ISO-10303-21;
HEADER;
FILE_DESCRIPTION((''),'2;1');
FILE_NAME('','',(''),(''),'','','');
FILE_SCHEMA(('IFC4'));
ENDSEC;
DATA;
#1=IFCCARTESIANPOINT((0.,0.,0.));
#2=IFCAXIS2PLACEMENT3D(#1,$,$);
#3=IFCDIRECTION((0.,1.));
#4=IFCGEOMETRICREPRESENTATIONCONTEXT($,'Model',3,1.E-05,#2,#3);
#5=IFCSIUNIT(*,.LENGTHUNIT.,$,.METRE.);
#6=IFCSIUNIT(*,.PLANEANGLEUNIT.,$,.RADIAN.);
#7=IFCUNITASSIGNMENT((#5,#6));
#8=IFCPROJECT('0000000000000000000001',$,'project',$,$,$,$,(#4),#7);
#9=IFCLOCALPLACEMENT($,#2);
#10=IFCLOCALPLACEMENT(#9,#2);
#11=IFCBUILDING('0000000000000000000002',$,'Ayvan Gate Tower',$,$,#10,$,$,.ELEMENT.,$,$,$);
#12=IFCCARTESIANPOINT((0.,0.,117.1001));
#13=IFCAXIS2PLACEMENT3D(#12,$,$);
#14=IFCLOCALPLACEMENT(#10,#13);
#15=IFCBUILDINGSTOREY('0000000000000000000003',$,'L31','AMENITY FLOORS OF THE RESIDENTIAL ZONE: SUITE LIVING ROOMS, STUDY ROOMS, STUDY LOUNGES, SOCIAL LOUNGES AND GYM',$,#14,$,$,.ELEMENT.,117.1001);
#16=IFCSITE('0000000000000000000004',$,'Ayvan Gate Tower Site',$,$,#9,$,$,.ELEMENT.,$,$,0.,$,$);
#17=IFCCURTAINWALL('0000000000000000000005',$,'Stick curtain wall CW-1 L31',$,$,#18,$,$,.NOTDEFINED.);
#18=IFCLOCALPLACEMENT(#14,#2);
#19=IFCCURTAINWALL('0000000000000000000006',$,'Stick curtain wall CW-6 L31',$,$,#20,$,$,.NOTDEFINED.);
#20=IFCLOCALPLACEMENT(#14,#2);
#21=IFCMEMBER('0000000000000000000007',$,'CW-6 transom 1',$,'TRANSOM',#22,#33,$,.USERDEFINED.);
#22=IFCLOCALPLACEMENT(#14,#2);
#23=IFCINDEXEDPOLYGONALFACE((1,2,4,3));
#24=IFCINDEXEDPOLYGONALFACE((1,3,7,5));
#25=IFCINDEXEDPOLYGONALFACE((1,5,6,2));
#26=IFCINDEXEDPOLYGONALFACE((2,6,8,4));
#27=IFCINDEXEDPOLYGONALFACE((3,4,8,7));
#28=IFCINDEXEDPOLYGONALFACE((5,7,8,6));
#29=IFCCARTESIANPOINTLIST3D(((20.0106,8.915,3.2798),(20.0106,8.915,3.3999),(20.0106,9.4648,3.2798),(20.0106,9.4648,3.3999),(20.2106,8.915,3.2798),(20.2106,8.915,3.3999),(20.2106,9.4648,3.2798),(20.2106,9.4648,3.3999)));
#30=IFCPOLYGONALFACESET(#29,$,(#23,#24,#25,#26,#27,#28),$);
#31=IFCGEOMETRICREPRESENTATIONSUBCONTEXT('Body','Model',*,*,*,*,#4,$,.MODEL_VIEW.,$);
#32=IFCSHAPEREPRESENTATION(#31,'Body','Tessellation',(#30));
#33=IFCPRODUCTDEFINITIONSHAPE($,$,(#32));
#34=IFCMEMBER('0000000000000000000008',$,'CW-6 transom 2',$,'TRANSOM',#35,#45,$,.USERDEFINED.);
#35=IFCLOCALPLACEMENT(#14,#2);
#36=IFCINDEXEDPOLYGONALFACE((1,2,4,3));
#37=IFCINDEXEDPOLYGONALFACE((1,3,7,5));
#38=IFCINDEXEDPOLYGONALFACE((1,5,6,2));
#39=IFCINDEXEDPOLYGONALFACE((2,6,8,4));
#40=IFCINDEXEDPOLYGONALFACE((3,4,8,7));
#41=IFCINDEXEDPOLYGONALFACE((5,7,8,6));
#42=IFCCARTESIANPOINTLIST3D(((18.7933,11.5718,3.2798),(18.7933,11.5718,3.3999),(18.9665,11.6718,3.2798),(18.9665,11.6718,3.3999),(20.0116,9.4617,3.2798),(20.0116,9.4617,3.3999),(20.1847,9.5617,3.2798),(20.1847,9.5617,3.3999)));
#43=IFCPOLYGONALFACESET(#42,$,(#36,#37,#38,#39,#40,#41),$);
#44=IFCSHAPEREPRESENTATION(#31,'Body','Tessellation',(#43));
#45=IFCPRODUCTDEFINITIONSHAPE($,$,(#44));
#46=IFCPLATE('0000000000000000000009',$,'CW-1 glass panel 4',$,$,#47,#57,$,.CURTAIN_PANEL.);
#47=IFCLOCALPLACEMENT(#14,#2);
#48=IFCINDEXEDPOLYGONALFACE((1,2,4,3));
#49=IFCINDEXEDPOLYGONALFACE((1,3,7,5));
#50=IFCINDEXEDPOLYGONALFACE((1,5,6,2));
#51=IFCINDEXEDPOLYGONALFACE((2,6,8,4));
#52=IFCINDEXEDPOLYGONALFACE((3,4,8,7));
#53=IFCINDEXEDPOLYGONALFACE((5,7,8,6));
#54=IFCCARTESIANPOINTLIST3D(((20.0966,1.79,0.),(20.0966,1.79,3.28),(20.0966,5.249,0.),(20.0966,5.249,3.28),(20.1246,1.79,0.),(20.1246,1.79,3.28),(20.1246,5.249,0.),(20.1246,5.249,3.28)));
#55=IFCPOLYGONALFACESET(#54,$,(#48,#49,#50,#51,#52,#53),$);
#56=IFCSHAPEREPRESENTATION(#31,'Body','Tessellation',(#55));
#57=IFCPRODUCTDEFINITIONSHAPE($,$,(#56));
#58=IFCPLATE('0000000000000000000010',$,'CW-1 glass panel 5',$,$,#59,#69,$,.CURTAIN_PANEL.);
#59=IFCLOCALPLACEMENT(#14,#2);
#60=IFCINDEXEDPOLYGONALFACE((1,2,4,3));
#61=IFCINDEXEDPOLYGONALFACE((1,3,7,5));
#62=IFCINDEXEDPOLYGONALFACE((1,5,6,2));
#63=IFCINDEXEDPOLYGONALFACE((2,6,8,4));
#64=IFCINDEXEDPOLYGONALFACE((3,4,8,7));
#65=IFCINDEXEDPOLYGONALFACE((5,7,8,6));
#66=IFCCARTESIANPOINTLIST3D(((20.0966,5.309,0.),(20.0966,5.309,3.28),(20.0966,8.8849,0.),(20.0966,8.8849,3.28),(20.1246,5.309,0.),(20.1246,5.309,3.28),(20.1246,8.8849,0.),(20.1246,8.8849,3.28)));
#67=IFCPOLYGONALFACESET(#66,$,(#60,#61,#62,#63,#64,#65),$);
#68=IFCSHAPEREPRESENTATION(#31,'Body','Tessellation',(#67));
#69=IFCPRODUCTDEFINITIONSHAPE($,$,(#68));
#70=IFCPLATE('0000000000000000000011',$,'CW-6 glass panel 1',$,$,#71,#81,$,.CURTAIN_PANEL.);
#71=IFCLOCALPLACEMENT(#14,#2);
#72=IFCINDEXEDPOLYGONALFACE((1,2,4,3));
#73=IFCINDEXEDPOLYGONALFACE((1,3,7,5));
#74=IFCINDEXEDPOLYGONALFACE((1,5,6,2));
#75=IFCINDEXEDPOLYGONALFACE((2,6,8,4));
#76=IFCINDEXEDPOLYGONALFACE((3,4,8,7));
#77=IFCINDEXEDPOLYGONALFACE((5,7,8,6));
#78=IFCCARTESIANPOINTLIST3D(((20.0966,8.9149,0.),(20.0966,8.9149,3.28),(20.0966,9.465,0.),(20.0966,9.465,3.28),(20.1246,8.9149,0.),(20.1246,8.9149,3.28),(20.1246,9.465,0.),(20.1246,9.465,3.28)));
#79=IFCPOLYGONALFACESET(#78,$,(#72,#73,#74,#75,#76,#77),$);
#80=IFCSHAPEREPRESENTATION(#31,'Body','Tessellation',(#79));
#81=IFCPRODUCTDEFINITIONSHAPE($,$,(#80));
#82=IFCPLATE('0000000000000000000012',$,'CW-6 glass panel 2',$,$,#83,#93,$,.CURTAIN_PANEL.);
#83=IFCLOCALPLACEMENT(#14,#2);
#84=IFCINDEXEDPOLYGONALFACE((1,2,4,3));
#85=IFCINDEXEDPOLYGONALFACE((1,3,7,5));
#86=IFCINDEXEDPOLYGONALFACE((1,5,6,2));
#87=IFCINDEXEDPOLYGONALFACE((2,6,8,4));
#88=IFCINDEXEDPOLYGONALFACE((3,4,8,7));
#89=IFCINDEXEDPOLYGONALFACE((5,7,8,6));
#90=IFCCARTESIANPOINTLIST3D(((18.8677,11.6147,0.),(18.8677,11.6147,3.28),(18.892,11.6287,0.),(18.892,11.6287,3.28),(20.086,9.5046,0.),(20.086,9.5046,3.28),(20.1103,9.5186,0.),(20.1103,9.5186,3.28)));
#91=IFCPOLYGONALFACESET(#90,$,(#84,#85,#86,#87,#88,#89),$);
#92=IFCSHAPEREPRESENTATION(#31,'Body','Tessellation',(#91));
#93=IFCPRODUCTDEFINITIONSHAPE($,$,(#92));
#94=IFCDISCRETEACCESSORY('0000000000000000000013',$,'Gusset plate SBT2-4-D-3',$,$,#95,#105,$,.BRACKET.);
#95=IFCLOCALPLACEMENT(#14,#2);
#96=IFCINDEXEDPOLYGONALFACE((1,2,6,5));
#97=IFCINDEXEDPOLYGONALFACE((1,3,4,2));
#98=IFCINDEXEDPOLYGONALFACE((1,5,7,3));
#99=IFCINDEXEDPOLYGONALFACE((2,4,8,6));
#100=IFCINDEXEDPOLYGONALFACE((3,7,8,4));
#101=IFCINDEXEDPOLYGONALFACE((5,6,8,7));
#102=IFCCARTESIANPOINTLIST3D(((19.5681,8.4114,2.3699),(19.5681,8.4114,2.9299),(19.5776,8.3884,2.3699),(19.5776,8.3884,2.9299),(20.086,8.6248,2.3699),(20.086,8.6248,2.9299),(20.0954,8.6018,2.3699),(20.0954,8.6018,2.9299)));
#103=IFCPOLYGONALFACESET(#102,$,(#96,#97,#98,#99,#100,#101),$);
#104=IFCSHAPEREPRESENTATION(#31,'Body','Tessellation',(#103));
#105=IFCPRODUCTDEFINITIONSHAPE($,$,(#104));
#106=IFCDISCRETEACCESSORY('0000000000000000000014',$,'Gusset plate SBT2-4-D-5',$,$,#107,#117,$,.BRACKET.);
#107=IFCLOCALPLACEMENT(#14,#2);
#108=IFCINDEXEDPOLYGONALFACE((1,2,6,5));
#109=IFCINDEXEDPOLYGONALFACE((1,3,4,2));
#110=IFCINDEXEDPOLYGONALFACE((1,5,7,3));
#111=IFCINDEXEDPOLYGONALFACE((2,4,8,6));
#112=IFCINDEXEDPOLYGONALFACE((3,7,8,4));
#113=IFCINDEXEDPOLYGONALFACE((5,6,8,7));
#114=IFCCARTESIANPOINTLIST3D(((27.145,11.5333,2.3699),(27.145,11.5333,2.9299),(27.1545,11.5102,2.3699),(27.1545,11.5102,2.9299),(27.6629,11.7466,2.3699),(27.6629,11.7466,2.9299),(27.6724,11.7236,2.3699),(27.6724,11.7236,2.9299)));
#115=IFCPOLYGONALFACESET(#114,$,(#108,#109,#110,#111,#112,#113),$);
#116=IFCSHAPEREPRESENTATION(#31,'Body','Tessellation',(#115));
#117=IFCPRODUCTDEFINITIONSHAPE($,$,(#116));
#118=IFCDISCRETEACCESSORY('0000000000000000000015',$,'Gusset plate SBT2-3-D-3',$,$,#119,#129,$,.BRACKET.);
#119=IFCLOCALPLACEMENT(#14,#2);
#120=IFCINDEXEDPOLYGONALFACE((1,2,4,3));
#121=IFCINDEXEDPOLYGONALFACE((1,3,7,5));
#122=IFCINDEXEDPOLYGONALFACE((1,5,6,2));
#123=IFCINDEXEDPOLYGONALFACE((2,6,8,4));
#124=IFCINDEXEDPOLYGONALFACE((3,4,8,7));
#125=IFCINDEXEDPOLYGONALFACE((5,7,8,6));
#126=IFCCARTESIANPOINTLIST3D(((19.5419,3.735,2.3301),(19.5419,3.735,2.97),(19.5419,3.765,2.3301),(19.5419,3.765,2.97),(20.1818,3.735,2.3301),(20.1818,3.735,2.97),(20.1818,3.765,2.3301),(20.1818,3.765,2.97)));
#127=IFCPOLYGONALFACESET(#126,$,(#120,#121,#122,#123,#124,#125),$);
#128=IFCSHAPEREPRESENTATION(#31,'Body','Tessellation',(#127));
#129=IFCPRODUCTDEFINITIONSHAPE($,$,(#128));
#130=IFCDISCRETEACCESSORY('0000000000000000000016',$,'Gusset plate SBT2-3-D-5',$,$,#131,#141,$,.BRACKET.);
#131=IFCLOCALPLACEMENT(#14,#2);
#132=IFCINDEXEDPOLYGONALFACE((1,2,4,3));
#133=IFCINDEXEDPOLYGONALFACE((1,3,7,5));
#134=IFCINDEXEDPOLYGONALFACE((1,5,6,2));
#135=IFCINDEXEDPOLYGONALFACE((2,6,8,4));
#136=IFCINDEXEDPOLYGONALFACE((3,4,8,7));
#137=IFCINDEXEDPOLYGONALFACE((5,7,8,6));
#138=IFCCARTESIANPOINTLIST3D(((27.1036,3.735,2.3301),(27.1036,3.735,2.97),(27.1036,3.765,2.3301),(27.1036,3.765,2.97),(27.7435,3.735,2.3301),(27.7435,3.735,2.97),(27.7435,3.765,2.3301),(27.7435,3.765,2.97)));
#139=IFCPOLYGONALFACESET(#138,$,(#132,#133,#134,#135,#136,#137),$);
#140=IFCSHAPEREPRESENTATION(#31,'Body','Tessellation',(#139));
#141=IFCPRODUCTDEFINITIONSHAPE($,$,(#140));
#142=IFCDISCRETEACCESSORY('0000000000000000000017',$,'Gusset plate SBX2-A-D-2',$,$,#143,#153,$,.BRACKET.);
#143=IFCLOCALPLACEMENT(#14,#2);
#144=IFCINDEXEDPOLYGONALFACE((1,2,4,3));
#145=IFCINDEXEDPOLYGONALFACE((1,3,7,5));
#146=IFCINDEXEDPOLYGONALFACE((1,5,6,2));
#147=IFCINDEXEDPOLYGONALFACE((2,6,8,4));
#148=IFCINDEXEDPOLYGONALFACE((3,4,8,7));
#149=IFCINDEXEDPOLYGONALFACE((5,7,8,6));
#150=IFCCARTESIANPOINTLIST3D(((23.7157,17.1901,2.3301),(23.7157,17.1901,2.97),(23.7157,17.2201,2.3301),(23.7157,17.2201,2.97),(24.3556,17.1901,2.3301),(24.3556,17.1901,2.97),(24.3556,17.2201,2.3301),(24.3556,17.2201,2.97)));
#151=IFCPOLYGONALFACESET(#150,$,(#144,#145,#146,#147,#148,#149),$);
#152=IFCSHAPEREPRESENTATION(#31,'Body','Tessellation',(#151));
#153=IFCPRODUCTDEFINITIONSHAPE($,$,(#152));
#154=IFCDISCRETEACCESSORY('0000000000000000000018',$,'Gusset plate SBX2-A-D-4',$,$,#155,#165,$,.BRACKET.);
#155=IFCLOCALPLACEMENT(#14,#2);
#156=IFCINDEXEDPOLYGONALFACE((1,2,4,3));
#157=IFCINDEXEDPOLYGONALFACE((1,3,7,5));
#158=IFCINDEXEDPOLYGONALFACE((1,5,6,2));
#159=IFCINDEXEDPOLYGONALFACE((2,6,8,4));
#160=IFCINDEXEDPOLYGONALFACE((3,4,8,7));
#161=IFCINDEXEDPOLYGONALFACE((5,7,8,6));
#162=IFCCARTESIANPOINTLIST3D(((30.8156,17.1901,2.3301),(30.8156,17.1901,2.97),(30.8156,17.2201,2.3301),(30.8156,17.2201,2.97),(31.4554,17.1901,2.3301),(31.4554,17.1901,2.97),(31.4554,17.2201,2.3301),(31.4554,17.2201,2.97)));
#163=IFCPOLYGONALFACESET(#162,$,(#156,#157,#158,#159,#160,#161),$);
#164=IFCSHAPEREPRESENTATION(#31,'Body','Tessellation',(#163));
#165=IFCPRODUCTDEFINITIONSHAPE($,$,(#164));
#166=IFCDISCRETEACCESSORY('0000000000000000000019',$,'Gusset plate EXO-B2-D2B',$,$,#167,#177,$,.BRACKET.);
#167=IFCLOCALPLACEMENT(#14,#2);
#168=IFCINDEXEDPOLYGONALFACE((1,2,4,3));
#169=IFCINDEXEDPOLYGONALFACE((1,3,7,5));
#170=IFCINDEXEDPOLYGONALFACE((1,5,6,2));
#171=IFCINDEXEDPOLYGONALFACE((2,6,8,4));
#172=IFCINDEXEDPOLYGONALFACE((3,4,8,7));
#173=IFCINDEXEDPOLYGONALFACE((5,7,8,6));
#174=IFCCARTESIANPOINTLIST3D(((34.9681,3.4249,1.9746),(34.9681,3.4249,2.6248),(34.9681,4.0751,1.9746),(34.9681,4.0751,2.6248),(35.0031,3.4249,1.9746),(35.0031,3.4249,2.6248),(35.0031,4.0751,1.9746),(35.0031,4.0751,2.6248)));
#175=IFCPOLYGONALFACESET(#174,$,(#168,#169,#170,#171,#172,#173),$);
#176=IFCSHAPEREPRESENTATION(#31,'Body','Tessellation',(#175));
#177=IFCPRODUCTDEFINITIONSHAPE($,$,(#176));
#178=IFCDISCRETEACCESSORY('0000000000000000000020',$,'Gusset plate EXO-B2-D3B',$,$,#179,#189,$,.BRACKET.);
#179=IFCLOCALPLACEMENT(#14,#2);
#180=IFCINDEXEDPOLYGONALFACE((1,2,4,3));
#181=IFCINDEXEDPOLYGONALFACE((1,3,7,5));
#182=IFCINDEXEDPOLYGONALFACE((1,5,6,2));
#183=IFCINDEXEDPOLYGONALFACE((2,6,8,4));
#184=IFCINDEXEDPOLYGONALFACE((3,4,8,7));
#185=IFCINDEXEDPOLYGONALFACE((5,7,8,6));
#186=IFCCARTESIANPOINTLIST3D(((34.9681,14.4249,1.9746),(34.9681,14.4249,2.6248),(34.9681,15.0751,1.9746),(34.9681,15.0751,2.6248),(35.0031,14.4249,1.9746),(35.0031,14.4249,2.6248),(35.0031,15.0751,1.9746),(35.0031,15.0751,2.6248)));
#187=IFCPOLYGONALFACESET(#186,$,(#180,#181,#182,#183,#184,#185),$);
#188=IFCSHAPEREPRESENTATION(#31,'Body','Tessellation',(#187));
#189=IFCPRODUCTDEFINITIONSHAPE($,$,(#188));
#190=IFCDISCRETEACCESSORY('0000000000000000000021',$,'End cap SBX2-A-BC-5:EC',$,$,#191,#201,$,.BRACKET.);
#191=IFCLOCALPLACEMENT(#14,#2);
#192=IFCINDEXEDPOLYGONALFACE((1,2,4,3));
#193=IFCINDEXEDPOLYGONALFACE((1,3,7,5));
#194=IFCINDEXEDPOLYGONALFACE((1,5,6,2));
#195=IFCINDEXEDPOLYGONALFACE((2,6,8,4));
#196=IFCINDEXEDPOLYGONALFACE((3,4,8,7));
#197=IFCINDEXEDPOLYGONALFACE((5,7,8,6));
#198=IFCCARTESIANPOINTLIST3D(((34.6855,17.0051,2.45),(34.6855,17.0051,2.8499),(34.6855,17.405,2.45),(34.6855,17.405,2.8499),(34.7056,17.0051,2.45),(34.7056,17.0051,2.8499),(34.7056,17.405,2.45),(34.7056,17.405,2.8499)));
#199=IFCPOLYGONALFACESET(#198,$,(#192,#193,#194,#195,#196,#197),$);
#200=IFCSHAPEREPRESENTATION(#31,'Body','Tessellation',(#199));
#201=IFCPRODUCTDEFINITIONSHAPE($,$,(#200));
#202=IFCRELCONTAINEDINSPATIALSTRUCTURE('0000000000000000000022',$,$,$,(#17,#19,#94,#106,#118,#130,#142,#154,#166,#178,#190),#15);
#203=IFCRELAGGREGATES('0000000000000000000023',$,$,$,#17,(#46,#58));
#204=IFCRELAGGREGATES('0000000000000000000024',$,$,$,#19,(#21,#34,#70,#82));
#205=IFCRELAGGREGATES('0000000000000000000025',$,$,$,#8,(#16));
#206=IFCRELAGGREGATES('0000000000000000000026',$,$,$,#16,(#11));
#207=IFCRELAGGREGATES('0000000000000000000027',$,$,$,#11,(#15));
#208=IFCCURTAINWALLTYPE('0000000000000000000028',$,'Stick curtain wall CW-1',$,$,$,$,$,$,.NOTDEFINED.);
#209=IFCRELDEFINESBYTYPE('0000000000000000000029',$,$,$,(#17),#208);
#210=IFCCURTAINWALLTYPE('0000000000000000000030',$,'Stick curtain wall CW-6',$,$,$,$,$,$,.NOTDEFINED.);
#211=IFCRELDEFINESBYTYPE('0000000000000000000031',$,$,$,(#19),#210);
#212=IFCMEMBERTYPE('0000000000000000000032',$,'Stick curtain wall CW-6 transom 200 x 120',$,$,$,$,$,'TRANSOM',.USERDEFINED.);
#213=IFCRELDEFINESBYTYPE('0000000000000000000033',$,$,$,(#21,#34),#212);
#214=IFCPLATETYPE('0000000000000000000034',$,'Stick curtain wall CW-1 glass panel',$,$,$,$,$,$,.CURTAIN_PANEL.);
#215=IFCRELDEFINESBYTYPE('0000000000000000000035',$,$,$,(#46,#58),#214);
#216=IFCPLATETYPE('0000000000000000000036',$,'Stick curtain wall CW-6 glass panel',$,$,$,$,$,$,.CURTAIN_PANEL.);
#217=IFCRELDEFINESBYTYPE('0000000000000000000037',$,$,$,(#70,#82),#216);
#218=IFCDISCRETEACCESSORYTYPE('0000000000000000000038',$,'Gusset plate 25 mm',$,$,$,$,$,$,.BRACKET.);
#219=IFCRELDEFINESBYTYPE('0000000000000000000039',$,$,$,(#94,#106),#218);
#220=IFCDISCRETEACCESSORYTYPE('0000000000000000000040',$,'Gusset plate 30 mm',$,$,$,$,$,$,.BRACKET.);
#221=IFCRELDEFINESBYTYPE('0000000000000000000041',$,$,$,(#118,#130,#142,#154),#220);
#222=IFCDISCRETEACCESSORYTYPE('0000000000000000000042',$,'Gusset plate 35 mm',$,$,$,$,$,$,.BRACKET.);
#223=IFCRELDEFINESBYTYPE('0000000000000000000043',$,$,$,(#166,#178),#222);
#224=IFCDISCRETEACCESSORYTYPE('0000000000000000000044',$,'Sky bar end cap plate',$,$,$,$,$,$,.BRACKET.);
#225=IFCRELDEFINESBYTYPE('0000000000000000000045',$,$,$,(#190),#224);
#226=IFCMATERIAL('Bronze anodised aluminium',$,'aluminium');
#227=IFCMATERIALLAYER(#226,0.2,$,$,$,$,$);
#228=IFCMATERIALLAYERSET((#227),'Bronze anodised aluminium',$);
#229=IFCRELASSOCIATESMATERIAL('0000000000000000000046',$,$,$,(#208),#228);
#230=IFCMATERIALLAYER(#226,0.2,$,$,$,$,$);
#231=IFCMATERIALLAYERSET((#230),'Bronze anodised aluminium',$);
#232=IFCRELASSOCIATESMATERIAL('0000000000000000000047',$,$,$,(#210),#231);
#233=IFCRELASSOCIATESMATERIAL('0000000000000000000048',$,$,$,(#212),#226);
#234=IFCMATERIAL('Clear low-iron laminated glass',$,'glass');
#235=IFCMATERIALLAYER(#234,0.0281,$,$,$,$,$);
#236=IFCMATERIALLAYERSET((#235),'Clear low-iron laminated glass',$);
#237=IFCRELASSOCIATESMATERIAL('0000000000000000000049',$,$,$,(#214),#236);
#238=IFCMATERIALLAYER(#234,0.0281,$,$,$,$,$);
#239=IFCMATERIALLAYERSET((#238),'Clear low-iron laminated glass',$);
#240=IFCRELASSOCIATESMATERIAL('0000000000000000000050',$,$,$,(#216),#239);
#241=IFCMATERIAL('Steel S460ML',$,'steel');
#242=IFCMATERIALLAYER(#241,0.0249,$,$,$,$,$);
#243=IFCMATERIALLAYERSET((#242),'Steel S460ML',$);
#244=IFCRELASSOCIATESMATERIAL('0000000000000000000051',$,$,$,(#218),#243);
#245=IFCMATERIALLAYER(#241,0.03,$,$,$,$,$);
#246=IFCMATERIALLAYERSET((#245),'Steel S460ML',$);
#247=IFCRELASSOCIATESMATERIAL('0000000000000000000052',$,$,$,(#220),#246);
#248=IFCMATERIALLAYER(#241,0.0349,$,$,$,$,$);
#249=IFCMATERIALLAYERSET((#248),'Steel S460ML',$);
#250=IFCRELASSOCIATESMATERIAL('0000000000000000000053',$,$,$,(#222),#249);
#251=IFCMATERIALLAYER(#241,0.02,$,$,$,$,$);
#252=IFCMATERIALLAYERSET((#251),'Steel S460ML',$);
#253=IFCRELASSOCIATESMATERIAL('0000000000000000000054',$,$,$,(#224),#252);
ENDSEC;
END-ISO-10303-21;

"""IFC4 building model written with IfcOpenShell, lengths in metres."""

from ifc_helpers import new_model, si_unit, direction, frame, origin, origin_2d, place, context, subcontext, project, spatial, rectangle, extrude, material, layer, layer_set, material_profile, profile_set, type_object, element, aggregate, save


model = new_model("IFC4")

# Units and contexts
model_context = context("Model", 3, precision=1e-05, world=origin(), true_north=direction((0.0, 1.0)))
body_context = subcontext(model_context, "Body", "Model", "MODEL_VIEW")
ifc_project = project(units=[si_unit("LENGTHUNIT", "METRE"), si_unit("PLANEANGLEUNIT", "RADIAN")], contexts=[model_context])

# Site, building, storey
site_placement = place(None, origin())
site = spatial("IfcSite", under=ifc_project, at=site_placement, Name="Ayvan Gate Tower Site", CompositionType="ELEMENT", RefElevation=0.0)
building_placement = place(site_placement, origin())
building = spatial("IfcBuilding", under=site, at=building_placement, Name="Ayvan Gate Tower", CompositionType="ELEMENT")
storey_placement = place(building_placement, frame((0.0, 0.0, 117.1001)))
storey = spatial("IfcBuildingStorey", under=building, at=storey_placement, Name="L31", Description="AMENITY FLOORS OF THE RESIDENTIAL ZONE: SUITE LIVING ROOMS, STUDY ROOMS, STUDY LOUNGES, SOCIAL LOUNGES AND GYM", CompositionType="ELEMENT", Elevation=117.1001)

# Curtain walls, members
ifc_material_1 = material(Name="Bronze anodised aluminium", Category="aluminium")
ifc_layer_1 = layer(ifc_material_1, 0.2)
ifc_layer_set_1 = layer_set([ifc_layer_1], Name="Bronze anodised aluminium")
curtain_wall_type_1 = type_object("IfcCurtainWallType", Name="Stick curtain wall CW-1", PredefinedType="NOTDEFINED", material=ifc_layer_set_1)
curtain_wall_1_placement = place(storey_placement, origin())
curtain_wall_1 = element("IfcCurtainWall", 1, at=curtain_wall_1_placement, inside=storey, type_object=curtain_wall_type_1, Name="Stick curtain wall CW-1 L31", PredefinedType="NOTDEFINED")
ifc_layer_2 = layer(ifc_material_1, 0.2)
ifc_layer_set_2 = layer_set([ifc_layer_2], Name="Bronze anodised aluminium")
curtain_wall_type_2 = type_object("IfcCurtainWallType", Name="Stick curtain wall CW-6", PredefinedType="NOTDEFINED", material=ifc_layer_set_2)
curtain_wall_2_placement = place(storey_placement, origin())
curtain_wall_2 = element("IfcCurtainWall", 2, at=curtain_wall_2_placement, inside=storey, type_object=curtain_wall_type_2, Name="Stick curtain wall CW-6 L31", PredefinedType="NOTDEFINED")
ifc_material_profile_1 = material_profile(ifc_material_1, rectangle(XDim=0.2, YDim=0.1201, at=origin_2d()), Name="Stick curtain wall CW-6 transom 200 x 120")
ifc_profile_set_1 = profile_set([ifc_material_profile_1], Name="Bronze anodised aluminium")
member_type_1 = type_object("IfcMemberType", Name="Stick curtain wall CW-6 transom 200 x 120", ElementType="TRANSOM", PredefinedType="USERDEFINED", material=ifc_profile_set_1)
member_1_placement = place(storey_placement, frame((20.1106, 8.915, 3.3398), z_axis=(0.0, 1.0, 0.0), x_axis=(-1.0, 0.0, 0.0)))
member_1 = element("IfcMember", 3, at=member_1_placement, type_object=member_type_1, Name="CW-6 transom 1", ObjectType="TRANSOM", PredefinedType="USERDEFINED", context=body_context, shape_type="SweptSolid", body=[
    extrude(rectangle(XDim=0.2, YDim=0.1201, at=origin_2d()), origin(), (0.0, 0.0, 1.0), 0.5498),
])
member_2_placement = place(storey_placement, frame((20.0981, 9.5117, 3.3398), z_axis=(-0.499997, 0.866027, 0.0), x_axis=(-0.866027, -0.499997, 0.0)))
member_2 = element("IfcMember", 4, at=member_2_placement, type_object=member_type_1, Name="CW-6 transom 2", ObjectType="TRANSOM", PredefinedType="USERDEFINED", context=body_context, shape_type="SweptSolid", body=[
    extrude(rectangle(XDim=0.2, YDim=0.1201, at=origin_2d()), origin(), (0.0, 0.0, 1.0), 2.4365),
])

# Plates
ifc_material_2 = material(Name="Clear low-iron laminated glass", Category="glass")
ifc_layer_3 = layer(ifc_material_2, 0.0281)
ifc_layer_set_3 = layer_set([ifc_layer_3], Name="Clear low-iron laminated glass")
plate_type_1 = type_object("IfcPlateType", Name="Stick curtain wall CW-1 glass panel", PredefinedType="CURTAIN_PANEL", material=ifc_layer_set_3)
plate_1_placement = place(storey_placement, frame((20.1106, 3.5195, 0.0), z_axis=(0.0, 0.0, 1.0), x_axis=(0.0, 1.0, 0.0)))
plate_1 = element("IfcPlate", 5, at=plate_1_placement, type_object=plate_type_1, Name="CW-1 glass panel 4", PredefinedType="CURTAIN_PANEL", context=body_context, shape_type="SweptSolid", body=[
    extrude(rectangle(XDim=3.459, YDim=0.0281, at=origin_2d()), origin(), (0.0, 0.0, 1.0), 3.28),
])
plate_2_placement = place(storey_placement, frame((20.1106, 7.0969, 0.0), z_axis=(0.0, 0.0, 1.0), x_axis=(0.0, 1.0, 0.0)))
plate_2 = element("IfcPlate", 6, at=plate_2_placement, type_object=plate_type_1, Name="CW-1 glass panel 5", PredefinedType="CURTAIN_PANEL", context=body_context, shape_type="SweptSolid", body=[
    extrude(rectangle(XDim=3.5759, YDim=0.0281, at=origin_2d()), origin(), (0.0, 0.0, 1.0), 3.28),
])
aggregate(curtain_wall_1, [plate_1, plate_2])
ifc_layer_4 = layer(ifc_material_2, 0.0281)
ifc_layer_set_4 = layer_set([ifc_layer_4], Name="Clear low-iron laminated glass")
plate_type_2 = type_object("IfcPlateType", Name="Stick curtain wall CW-6 glass panel", PredefinedType="CURTAIN_PANEL", material=ifc_layer_set_4)
plate_3_placement = place(storey_placement, frame((20.1106, 9.1899, 0.0), z_axis=(0.0, 0.0, 1.0), x_axis=(0.0, 1.0, 0.0)))
plate_3 = element("IfcPlate", 7, at=plate_3_placement, type_object=plate_type_2, Name="CW-6 glass panel 1", PredefinedType="CURTAIN_PANEL", context=body_context, shape_type="SweptSolid", body=[
    extrude(rectangle(XDim=0.55, YDim=0.0281, at=origin_2d()), origin(), (0.0, 0.0, 1.0), 3.28),
])
plate_4_placement = place(storey_placement, frame((19.489, 10.5667, 0.0), z_axis=(0.0, 0.0, 1.0), x_axis=(-0.5, 0.866025, 0.0)))
plate_4 = element("IfcPlate", 8, at=plate_4_placement, type_object=plate_type_2, Name="CW-6 glass panel 2", PredefinedType="CURTAIN_PANEL", context=body_context, shape_type="SweptSolid", body=[
    extrude(rectangle(XDim=2.4365, YDim=0.0281, at=origin_2d()), origin(), (0.0, 0.0, 1.0), 3.28),
])
aggregate(curtain_wall_2, [member_1, member_2, plate_3, plate_4])

# Discrete accessories
ifc_material_3 = material(Name="Steel S460ML", Category="steel")
ifc_layer_5 = layer(ifc_material_3, 0.0249)
ifc_layer_set_5 = layer_set([ifc_layer_5], Name="Steel S460ML")
discrete_accessory_type_1 = type_object("IfcDiscreteAccessoryType", Name="Gusset plate 25 mm", PredefinedType="BRACKET", material=ifc_layer_set_5)
for number, where, z_axis, x_axis, name in (
    (9, (19.8318, 8.5066, 2.3699), (0.0, 0.0, 1.0), (0.924602, 0.380935, 0.0), "Gusset plate SBT2-4-D-3"),
    (10, (27.4087, 11.6284, 2.3699), (0.0, 0.0, 1.0), (0.924602, 0.380935, 0.0), "Gusset plate SBT2-4-D-5"),
):
    element("IfcDiscreteAccessory", number, at=place(storey_placement, frame(where, z_axis=z_axis, x_axis=x_axis)), inside=storey, type_object=discrete_accessory_type_1, Name=name, PredefinedType="BRACKET", context=body_context, shape_type="SweptSolid", body=[
        extrude(rectangle(XDim=0.5601, YDim=0.0249, at=origin_2d()), origin(), (0.0, 0.0, 1.0), 0.5601),
    ])
ifc_layer_6 = layer(ifc_material_3, 0.03)
ifc_layer_set_6 = layer_set([ifc_layer_6], Name="Steel S460ML")
discrete_accessory_type_2 = type_object("IfcDiscreteAccessoryType", Name="Gusset plate 30 mm", PredefinedType="BRACKET", material=ifc_layer_set_6)
for number, where, z_axis, x_axis, name in (
    (11, (19.8618, 3.75, 2.3301), (0.0, 0.0, 1.0), (1.0, 0.0, 0.0), "Gusset plate SBT2-3-D-3"),
    (12, (27.4236, 3.75, 2.3301), (0.0, 0.0, 1.0), (1.0, 0.0, 0.0), "Gusset plate SBT2-3-D-5"),
    (13, (24.0356, 17.2051, 2.3301), (0.0, 0.0, 1.0), (1.0, 0.0, 0.0), "Gusset plate SBX2-A-D-2"),
    (14, (31.1355, 17.2051, 2.3301), (0.0, 0.0, 1.0), (1.0, 0.0, 0.0), "Gusset plate SBX2-A-D-4"),
):
    element("IfcDiscreteAccessory", number, at=place(storey_placement, frame(where, z_axis=z_axis, x_axis=x_axis)), inside=storey, type_object=discrete_accessory_type_2, Name=name, PredefinedType="BRACKET", context=body_context, shape_type="SweptSolid", body=[
        extrude(rectangle(XDim=0.6399, YDim=0.03, at=origin_2d()), origin(), (0.0, 0.0, 1.0), 0.6399),
    ])
ifc_layer_7 = layer(ifc_material_3, 0.0349)
ifc_layer_set_7 = layer_set([ifc_layer_7], Name="Steel S460ML")
discrete_accessory_type_3 = type_object("IfcDiscreteAccessoryType", Name="Gusset plate 35 mm", PredefinedType="BRACKET", material=ifc_layer_set_7)
for number, where, z_axis, x_axis, name in (
    (15, (34.9856, 3.75, 1.9746), (0.0, 0.0, 1.0), (0.0, 1.0, 0.0), "Gusset plate EXO-B2-D2B"),
    (16, (34.9856, 14.75, 1.9746), (0.0, 0.0, 1.0), (0.0, 1.0, 0.0), "Gusset plate EXO-B2-D3B"),
):
    element("IfcDiscreteAccessory", number, at=place(storey_placement, frame(where, z_axis=z_axis, x_axis=x_axis)), inside=storey, type_object=discrete_accessory_type_3, Name=name, PredefinedType="BRACKET", context=body_context, shape_type="SweptSolid", body=[
        extrude(rectangle(XDim=0.6501, YDim=0.0349, at=origin_2d()), origin(), (0.0, 0.0, 1.0), 0.6501),
    ])
ifc_layer_8 = layer(ifc_material_3, 0.02)
ifc_layer_set_8 = layer_set([ifc_layer_8], Name="Steel S460ML")
discrete_accessory_type_4 = type_object("IfcDiscreteAccessoryType", Name="Sky bar end cap plate", PredefinedType="BRACKET", material=ifc_layer_set_8)
discrete_accessory_placement = place(storey_placement, frame((34.6956, 17.2051, 2.45), z_axis=(0.0, 0.0, 1.0), x_axis=(1.0, 0.0, 0.0)))
element("IfcDiscreteAccessory", 17, at=discrete_accessory_placement, inside=storey, type_object=discrete_accessory_type_4, Name="End cap SBX2-A-BC-5:EC", PredefinedType="BRACKET", context=body_context, shape_type="SweptSolid", body=[
    extrude(rectangle(XDim=0.02, YDim=0.3999, at=origin_2d()), origin(), (0.0, 0.0, 1.0), 0.3999),
])

save(model, "model.ifc")
